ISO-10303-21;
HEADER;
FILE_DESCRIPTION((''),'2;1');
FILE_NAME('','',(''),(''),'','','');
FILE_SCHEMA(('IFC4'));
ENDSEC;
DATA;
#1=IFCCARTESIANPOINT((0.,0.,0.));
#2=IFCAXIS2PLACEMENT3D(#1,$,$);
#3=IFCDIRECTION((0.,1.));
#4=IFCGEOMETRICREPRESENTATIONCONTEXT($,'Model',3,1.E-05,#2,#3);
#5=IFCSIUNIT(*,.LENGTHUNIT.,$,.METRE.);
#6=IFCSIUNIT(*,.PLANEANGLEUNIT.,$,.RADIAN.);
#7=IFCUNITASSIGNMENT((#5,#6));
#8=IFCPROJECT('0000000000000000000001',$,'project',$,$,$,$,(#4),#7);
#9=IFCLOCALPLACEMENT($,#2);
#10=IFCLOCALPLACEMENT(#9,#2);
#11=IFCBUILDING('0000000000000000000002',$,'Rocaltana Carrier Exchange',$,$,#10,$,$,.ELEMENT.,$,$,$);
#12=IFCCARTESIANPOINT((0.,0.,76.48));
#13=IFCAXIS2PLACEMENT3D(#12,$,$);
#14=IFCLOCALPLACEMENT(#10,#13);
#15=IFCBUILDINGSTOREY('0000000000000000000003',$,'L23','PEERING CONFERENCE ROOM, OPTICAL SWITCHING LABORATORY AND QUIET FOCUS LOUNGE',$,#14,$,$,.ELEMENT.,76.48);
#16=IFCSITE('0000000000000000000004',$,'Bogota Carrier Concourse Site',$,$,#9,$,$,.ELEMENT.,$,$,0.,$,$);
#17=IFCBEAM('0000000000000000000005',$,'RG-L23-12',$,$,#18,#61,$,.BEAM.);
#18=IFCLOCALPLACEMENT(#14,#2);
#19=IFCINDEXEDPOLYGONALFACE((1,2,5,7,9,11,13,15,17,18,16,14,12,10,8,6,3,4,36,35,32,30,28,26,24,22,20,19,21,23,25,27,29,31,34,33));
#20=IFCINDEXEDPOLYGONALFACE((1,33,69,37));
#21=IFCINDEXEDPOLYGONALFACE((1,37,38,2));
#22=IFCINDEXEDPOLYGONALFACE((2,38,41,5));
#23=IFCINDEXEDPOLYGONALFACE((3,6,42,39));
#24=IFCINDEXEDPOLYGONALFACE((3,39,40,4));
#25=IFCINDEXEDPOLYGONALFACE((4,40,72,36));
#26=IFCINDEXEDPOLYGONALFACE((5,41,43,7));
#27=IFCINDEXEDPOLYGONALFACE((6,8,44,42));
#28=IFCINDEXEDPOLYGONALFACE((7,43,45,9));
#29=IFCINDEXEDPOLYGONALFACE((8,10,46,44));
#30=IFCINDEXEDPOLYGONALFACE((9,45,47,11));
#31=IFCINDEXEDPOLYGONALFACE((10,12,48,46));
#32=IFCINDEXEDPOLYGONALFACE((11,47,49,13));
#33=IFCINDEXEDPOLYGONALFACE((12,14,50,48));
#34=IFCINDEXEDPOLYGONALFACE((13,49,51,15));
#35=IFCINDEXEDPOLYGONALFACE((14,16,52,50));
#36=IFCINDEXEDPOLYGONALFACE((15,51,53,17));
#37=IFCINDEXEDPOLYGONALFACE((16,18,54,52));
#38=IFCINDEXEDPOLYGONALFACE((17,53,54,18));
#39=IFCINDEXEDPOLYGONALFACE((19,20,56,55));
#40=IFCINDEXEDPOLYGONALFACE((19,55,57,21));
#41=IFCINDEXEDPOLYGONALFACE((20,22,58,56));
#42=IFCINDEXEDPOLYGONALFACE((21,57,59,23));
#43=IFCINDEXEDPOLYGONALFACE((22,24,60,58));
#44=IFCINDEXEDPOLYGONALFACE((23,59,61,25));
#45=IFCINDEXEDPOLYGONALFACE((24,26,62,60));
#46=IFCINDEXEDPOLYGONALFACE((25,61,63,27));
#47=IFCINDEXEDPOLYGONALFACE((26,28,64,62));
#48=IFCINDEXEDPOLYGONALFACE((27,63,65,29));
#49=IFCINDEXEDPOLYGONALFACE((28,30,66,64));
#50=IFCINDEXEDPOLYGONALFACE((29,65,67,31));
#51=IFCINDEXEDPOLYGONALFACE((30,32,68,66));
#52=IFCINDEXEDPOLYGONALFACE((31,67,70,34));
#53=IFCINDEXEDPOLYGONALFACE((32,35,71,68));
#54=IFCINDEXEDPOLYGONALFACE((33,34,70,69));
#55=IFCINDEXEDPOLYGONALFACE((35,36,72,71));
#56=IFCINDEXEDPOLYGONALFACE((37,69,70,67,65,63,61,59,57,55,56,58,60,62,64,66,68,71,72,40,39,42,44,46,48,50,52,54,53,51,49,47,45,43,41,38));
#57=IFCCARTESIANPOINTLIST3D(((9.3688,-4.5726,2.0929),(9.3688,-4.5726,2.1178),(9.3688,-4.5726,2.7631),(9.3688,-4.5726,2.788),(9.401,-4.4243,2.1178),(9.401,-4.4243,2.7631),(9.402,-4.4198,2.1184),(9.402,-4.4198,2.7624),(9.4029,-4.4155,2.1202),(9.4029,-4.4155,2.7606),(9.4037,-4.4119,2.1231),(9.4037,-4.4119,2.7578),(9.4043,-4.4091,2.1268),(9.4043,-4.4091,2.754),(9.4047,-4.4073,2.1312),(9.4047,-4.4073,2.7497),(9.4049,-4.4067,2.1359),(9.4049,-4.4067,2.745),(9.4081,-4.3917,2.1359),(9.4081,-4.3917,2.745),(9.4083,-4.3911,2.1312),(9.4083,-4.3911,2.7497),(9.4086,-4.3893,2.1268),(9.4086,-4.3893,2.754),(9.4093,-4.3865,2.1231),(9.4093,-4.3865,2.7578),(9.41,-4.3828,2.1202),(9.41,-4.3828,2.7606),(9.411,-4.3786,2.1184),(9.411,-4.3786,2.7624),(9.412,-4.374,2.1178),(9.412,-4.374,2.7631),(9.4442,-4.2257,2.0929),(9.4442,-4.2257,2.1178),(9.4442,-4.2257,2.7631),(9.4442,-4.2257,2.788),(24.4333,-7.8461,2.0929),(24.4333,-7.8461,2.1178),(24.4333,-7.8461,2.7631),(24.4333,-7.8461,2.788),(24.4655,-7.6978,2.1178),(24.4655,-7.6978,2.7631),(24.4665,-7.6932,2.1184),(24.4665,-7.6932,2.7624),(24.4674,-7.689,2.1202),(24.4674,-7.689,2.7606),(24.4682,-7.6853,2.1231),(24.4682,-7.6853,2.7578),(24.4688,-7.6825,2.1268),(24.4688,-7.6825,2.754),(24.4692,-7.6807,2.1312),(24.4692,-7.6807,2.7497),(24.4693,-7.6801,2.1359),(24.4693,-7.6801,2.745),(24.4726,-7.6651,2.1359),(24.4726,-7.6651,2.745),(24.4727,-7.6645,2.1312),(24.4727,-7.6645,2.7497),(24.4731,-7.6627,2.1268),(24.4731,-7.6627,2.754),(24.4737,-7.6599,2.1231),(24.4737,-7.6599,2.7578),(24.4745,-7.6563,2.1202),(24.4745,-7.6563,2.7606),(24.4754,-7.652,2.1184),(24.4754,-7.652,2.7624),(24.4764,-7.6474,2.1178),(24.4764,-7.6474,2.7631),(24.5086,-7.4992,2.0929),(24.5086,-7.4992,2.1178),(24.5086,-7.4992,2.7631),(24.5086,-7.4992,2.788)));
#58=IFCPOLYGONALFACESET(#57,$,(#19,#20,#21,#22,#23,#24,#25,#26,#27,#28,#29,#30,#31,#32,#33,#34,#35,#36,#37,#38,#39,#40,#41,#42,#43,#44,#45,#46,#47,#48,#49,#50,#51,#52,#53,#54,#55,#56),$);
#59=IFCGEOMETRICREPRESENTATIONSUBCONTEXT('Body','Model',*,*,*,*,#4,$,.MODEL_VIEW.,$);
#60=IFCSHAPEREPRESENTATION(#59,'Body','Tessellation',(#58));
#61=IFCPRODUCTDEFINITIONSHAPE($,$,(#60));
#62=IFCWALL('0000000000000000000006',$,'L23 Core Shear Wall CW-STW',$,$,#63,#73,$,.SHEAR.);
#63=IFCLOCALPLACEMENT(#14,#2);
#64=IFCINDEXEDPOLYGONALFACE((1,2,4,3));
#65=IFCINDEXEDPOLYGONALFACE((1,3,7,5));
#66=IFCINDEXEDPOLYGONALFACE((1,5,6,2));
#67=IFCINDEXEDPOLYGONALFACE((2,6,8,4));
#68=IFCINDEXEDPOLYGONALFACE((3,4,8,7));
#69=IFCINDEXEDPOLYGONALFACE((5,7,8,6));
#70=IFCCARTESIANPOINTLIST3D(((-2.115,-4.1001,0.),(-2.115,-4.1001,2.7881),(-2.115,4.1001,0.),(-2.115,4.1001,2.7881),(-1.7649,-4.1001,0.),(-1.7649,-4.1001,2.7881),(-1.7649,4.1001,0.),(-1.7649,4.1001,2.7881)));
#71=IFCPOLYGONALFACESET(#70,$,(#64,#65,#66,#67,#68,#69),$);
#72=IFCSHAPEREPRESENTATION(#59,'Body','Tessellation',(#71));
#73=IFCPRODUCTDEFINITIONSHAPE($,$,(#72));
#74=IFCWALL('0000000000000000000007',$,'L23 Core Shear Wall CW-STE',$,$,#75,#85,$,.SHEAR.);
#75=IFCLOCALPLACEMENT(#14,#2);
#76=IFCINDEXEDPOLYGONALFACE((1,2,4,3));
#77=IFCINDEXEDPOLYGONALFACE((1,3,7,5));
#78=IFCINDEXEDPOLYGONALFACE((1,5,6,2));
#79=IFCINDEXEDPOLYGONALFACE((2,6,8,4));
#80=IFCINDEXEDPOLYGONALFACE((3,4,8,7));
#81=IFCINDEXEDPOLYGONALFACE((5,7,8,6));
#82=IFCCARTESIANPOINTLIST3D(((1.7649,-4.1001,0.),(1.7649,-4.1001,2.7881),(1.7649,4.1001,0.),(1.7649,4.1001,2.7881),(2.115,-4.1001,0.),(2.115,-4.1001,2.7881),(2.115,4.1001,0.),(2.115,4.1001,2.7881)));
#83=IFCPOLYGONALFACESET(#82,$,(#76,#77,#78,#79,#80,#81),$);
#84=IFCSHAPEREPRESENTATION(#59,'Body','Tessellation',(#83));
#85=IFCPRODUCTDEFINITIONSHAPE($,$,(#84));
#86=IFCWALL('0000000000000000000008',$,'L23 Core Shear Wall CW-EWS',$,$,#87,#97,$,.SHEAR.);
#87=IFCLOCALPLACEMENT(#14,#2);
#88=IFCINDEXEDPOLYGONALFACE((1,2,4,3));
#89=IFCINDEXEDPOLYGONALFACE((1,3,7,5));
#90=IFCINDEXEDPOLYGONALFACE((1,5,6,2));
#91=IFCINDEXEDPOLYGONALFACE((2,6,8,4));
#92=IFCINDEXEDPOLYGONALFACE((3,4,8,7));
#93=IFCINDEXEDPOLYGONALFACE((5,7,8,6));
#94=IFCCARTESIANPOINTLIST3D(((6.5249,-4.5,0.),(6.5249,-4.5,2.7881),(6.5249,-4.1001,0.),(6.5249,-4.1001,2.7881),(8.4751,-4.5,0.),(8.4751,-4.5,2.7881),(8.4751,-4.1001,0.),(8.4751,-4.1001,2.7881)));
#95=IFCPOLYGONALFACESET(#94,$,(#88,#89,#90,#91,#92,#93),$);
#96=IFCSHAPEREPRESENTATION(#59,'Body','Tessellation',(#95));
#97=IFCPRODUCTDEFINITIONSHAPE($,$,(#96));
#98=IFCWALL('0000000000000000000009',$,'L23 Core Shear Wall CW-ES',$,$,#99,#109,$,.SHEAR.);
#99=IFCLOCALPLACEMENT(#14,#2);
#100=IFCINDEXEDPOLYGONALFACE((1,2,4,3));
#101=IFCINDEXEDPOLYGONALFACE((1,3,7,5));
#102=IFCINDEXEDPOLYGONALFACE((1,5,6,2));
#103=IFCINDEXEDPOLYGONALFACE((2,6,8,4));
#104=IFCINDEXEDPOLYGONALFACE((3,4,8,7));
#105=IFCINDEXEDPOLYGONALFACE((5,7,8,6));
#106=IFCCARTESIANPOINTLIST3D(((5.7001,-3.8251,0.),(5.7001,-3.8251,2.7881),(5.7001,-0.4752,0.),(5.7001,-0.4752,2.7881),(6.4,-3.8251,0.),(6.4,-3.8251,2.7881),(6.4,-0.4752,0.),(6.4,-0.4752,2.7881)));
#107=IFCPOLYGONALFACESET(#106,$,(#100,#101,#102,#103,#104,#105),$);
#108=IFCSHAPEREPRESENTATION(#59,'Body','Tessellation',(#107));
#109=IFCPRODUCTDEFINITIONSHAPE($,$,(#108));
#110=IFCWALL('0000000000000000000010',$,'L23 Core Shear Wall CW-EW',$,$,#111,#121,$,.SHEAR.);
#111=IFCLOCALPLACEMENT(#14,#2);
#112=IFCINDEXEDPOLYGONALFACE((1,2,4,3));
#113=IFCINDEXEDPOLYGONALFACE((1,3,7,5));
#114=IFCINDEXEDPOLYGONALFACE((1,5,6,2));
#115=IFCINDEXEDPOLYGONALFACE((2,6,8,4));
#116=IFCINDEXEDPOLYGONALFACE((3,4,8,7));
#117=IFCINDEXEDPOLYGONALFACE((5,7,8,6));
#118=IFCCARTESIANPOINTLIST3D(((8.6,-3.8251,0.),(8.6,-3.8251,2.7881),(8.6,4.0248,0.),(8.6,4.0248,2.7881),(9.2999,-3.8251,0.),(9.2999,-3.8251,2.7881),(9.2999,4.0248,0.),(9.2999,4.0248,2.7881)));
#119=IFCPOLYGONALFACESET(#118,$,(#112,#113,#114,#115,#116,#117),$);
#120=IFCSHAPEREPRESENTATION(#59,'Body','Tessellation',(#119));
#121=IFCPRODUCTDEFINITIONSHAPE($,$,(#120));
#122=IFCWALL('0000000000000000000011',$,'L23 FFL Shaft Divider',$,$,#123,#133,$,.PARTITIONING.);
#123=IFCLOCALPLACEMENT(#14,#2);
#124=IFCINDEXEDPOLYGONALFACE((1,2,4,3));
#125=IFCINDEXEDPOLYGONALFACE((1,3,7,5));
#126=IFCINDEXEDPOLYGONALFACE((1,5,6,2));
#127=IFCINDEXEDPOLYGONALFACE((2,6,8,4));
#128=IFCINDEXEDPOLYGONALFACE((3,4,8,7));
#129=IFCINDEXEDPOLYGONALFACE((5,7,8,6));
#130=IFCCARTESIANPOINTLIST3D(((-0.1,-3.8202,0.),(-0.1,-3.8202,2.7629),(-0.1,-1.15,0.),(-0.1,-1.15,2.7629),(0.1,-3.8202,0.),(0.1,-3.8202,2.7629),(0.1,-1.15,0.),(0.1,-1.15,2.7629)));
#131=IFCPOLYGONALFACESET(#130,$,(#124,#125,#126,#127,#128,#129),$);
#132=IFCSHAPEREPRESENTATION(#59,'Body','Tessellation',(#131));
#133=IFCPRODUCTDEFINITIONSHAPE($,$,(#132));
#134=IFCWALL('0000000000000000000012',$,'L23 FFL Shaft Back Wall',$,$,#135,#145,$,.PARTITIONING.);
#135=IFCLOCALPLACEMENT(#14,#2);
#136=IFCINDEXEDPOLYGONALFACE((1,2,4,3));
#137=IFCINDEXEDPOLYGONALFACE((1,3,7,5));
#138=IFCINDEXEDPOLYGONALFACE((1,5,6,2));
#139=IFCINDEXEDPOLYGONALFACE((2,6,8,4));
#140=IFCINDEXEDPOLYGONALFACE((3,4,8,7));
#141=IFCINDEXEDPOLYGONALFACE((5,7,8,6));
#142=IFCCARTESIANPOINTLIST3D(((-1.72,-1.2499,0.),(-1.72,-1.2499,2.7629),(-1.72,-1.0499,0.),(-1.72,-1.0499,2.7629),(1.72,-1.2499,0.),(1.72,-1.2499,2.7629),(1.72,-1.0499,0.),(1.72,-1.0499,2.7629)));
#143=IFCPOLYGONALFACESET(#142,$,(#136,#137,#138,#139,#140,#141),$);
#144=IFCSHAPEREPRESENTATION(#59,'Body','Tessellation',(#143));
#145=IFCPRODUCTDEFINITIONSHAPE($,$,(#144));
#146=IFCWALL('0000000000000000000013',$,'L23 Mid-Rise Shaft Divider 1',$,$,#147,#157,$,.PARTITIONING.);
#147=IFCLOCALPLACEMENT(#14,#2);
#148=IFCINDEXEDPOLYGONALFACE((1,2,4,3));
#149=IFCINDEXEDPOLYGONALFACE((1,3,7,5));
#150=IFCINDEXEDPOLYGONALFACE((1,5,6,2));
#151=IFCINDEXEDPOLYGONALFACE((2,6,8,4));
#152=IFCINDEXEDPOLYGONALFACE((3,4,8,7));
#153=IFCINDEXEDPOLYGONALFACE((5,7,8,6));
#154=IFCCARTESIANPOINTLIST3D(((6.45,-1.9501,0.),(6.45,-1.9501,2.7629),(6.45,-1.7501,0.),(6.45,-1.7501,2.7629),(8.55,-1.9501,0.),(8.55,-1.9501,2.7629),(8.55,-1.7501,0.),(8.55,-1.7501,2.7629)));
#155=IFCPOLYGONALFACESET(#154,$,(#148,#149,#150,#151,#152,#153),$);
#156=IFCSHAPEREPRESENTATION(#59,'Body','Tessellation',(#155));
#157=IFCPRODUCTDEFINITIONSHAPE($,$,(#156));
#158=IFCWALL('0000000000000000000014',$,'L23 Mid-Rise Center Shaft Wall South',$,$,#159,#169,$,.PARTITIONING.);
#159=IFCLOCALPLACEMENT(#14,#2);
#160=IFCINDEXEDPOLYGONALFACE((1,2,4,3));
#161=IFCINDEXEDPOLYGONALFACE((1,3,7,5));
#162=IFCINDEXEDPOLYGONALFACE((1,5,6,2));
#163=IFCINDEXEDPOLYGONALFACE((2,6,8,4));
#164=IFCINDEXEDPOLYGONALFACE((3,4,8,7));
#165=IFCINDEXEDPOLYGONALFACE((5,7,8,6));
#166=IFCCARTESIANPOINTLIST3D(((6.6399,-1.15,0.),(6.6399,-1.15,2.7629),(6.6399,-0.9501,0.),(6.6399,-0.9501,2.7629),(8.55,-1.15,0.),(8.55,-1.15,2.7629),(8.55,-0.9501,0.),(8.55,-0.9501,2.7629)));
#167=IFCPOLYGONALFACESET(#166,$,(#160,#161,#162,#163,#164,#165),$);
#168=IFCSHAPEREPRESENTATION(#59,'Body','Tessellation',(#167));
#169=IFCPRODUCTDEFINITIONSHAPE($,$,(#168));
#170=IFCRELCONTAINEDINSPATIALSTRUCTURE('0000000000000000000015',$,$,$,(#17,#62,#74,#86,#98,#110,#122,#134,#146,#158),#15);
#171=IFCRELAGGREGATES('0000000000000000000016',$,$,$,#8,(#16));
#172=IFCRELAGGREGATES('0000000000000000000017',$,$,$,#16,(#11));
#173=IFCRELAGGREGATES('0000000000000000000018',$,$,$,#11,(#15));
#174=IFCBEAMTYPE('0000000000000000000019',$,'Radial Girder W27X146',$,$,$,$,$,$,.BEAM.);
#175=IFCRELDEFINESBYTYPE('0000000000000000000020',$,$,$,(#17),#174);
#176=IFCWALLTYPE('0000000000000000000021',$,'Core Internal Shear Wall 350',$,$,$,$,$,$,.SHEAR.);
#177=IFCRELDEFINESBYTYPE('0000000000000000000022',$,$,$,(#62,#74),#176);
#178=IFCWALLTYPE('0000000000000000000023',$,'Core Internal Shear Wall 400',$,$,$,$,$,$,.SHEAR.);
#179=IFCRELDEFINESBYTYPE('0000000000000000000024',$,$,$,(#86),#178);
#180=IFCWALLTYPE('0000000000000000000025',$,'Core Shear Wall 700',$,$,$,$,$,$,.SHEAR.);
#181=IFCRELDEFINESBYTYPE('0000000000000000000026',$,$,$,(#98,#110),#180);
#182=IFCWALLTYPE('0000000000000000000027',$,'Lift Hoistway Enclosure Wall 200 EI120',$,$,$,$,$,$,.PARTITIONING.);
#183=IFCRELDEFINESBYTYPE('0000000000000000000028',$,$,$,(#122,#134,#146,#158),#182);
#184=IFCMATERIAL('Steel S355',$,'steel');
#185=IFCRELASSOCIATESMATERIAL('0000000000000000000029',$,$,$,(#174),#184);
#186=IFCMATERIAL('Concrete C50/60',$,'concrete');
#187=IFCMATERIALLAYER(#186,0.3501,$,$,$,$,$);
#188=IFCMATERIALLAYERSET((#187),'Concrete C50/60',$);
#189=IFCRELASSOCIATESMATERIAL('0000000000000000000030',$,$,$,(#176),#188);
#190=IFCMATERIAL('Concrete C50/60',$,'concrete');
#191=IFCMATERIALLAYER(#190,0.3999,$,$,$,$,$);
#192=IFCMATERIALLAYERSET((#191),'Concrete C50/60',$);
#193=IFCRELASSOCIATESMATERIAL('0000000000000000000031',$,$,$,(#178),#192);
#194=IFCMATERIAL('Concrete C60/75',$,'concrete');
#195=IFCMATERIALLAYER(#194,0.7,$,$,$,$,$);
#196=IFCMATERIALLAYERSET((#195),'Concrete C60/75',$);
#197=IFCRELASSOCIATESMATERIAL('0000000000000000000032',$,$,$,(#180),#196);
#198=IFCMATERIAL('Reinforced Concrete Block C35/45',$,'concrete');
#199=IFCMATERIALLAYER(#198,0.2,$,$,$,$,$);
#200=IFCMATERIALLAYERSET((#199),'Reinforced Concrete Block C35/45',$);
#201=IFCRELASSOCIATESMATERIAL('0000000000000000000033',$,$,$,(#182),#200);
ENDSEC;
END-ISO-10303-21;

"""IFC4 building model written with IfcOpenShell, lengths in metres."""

from ifc_helpers import new_model, si_unit, direction, frame, frame_2d, origin, origin_2d, place, context, subcontext, project, spatial, rectangle, i_section, extrude, material, layer, layer_set, material_profile, profile_set, type_object, element, save


model = new_model("IFC4")

# Units and contexts
model_context = context("Model", 3, precision=1e-05, world=origin(), true_north=direction((0.0, 1.0)))
body_context = subcontext(model_context, "Body", "Model", "MODEL_VIEW")
ifc_project = project(units=[si_unit("LENGTHUNIT", "METRE"), si_unit("PLANEANGLEUNIT", "RADIAN")], contexts=[model_context])

# Site, building, storey
site_placement = place(None, origin())
site = spatial("IfcSite", under=ifc_project, at=site_placement, Name="Bogota Carrier Concourse Site", CompositionType="ELEMENT", RefElevation=0.0)
building_placement = place(site_placement, origin())
building = spatial("IfcBuilding", under=site, at=building_placement, Name="Rocaltana Carrier Exchange", CompositionType="ELEMENT")
storey_placement = place(building_placement, frame((0.0, 0.0, 76.48)))
storey = spatial("IfcBuildingStorey", under=building, at=storey_placement, Name="L23", Description="PEERING CONFERENCE ROOM, OPTICAL SWITCHING LABORATORY AND QUIET FOCUS LOUNGE", CompositionType="ELEMENT", Elevation=76.48)

# Beam
ifc_material_1 = material(Name="Steel S355", Category="steel")
ifc_material_profile_1 = material_profile(ifc_material_1, i_section(OverallWidth=0.355, OverallDepth=0.6951, WebThickness=0.0154, FlangeThickness=0.0249, FilletRadius=0.0181, at=origin_2d()), Name="W27X146")
ifc_profile_set_1 = profile_set([ifc_material_profile_1], Name="Steel S355")
beam_type = type_object("IfcBeamType", Name="Radial Girder W27X146", PredefinedType="BEAM", material=ifc_profile_set_1)
beam_1_placement = place(storey_placement, frame((9.4065, -4.3992, 2.4404), z_axis=(0.977196, -0.21234, 0.0), x_axis=(0.21234, 0.977196, 0.0)))
element("IfcBeam", 1, at=beam_1_placement, inside=storey, type_object=beam_type, Name="RG-L23-12", PredefinedType="BEAM", context=body_context, shape_type="SweptSolid", body=[
    extrude(i_section(OverallWidth=0.355, OverallDepth=0.6951, WebThickness=0.0154, FlangeThickness=0.0249, FilletRadius=0.0181, at=origin_2d()), origin(), (0.0, 0.0, 1.0), 15.416),
])

# Walls
ifc_material_2 = material(Name="Concrete C50/60", Category="concrete")
ifc_layer_1 = layer(ifc_material_2, 0.3501)
ifc_layer_set_1 = layer_set([ifc_layer_1], Name="Concrete C50/60")
wall_type_1 = type_object("IfcWallType", Name="Core Internal Shear Wall 350", PredefinedType="SHEAR", material=ifc_layer_set_1)
for number, where, z_axis, x_axis, name in (
    (2, (-1.9399, -4.1001, 0.0), (0.0, 0.0, 1.0), (0.0, 1.0, 0.0), "L23 Core Shear Wall CW-STW"),
    (3, (1.9399, -4.1001, 0.0), (0.0, 0.0, 1.0), (0.0, 1.0, 0.0), "L23 Core Shear Wall CW-STE"),
):
    element("IfcWall", number, at=place(storey_placement, frame(where, z_axis=z_axis, x_axis=x_axis)), inside=storey, type_object=wall_type_1, Name=name, PredefinedType="SHEAR", context=body_context, shape_type="SweptSolid", body=[
        extrude(rectangle(XDim=8.2002, YDim=0.3501, at=frame_2d((4.1001, 0.0))), origin(), (0.0, 0.0, 1.0), 2.7881),
    ])
ifc_material_3 = material(Name="Concrete C50/60", Category="concrete")
ifc_layer_2 = layer(ifc_material_3, 0.3999)
ifc_layer_set_2 = layer_set([ifc_layer_2], Name="Concrete C50/60")
wall_type_2 = type_object("IfcWallType", Name="Core Internal Shear Wall 400", PredefinedType="SHEAR", material=ifc_layer_set_2)
wall_1_placement = place(storey_placement, frame((6.5249, -4.3, 0.0), z_axis=(0.0, 0.0, 1.0), x_axis=(1.0, 0.0, 0.0)))
element("IfcWall", 4, at=wall_1_placement, inside=storey, type_object=wall_type_2, Name="L23 Core Shear Wall CW-EWS", PredefinedType="SHEAR", context=body_context, shape_type="SweptSolid", body=[
    extrude(rectangle(XDim=1.9502, YDim=0.3999, at=frame_2d((0.9751, 0.0))), origin(), (0.0, 0.0, 1.0), 2.7881),
])
ifc_material_4 = material(Name="Concrete C60/75", Category="concrete")
ifc_layer_3 = layer(ifc_material_4, 0.7)
ifc_layer_set_3 = layer_set([ifc_layer_3], Name="Concrete C60/75")
wall_type_3 = type_object("IfcWallType", Name="Core Shear Wall 700", PredefinedType="SHEAR", material=ifc_layer_set_3)
wall_2_placement = place(storey_placement, frame((6.05, -3.825, 0.0), z_axis=(0.0, 0.0, 1.0), x_axis=(0.0, 1.0, 0.0)))
element("IfcWall", 5, at=wall_2_placement, inside=storey, type_object=wall_type_3, Name="L23 Core Shear Wall CW-ES", PredefinedType="SHEAR", context=body_context, shape_type="SweptSolid", body=[
    extrude(rectangle(XDim=3.3499, YDim=0.7, at=frame_2d((1.6748, 0.0))), origin(), (0.0, 0.0, 1.0), 2.7881),
])
wall_3_placement = place(storey_placement, frame((8.95, -3.825, 0.0), z_axis=(0.0, 0.0, 1.0), x_axis=(0.0, 1.0, 0.0)))
element("IfcWall", 6, at=wall_3_placement, inside=storey, type_object=wall_type_3, Name="L23 Core Shear Wall CW-EW", PredefinedType="SHEAR", context=body_context, shape_type="SweptSolid", body=[
    extrude(rectangle(XDim=7.8499, YDim=0.7, at=frame_2d((3.9248, 0.0))), origin(), (0.0, 0.0, 1.0), 2.7881),
])
ifc_material_5 = material(Name="Reinforced Concrete Block C35/45", Category="concrete")
ifc_layer_4 = layer(ifc_material_5, 0.2)
ifc_layer_set_4 = layer_set([ifc_layer_4], Name="Reinforced Concrete Block C35/45")
wall_type_4 = type_object("IfcWallType", Name="Lift Hoistway Enclosure Wall 200 EI120", PredefinedType="PARTITIONING", material=ifc_layer_set_4)
wall_4_placement = place(storey_placement, frame((0.0, -3.8201, 0.0), z_axis=(0.0, 0.0, 1.0), x_axis=(0.0, 1.0, 0.0)))
element("IfcWall", 7, at=wall_4_placement, inside=storey, type_object=wall_type_4, Name="L23 FFL Shaft Divider", PredefinedType="PARTITIONING", context=body_context, shape_type="SweptSolid", body=[
    extrude(rectangle(XDim=2.6702, YDim=0.2, at=frame_2d((1.335, 0.0))), origin(), (0.0, 0.0, 1.0), 2.7629),
])
wall_5_placement = place(storey_placement, frame((-1.72, -1.1499, 0.0), z_axis=(0.0, 0.0, 1.0), x_axis=(1.0, 0.0, 0.0)))
element("IfcWall", 8, at=wall_5_placement, inside=storey, type_object=wall_type_4, Name="L23 FFL Shaft Back Wall", PredefinedType="PARTITIONING", context=body_context, shape_type="SweptSolid", body=[
    extrude(rectangle(XDim=3.4399, YDim=0.2, at=frame_2d((1.72, 0.0))), origin(), (0.0, 0.0, 1.0), 2.7629),
])
wall_6_placement = place(storey_placement, frame((6.45, -1.8501, 0.0), z_axis=(0.0, 0.0, 1.0), x_axis=(1.0, 0.0, 0.0)))
element("IfcWall", 9, at=wall_6_placement, inside=storey, type_object=wall_type_4, Name="L23 Mid-Rise Shaft Divider 1", PredefinedType="PARTITIONING", context=body_context, shape_type="SweptSolid", body=[
    extrude(rectangle(XDim=2.1001, YDim=0.2, at=frame_2d((1.05, 0.0))), origin(), (0.0, 0.0, 1.0), 2.7629),
])
wall_7_placement = place(storey_placement, frame((6.6399, -1.05, 0.0), z_axis=(0.0, 0.0, 1.0), x_axis=(1.0, 0.0, 0.0)))
element("IfcWall", 10, at=wall_7_placement, inside=storey, type_object=wall_type_4, Name="L23 Mid-Rise Center Shaft Wall South", PredefinedType="PARTITIONING", context=body_context, shape_type="SweptSolid", body=[
    extrude(rectangle(XDim=1.9102, YDim=0.2, at=frame_2d((0.9551, 0.0))), origin(), (0.0, 0.0, 1.0), 2.7629),
])

save(model, "model.ifc")
